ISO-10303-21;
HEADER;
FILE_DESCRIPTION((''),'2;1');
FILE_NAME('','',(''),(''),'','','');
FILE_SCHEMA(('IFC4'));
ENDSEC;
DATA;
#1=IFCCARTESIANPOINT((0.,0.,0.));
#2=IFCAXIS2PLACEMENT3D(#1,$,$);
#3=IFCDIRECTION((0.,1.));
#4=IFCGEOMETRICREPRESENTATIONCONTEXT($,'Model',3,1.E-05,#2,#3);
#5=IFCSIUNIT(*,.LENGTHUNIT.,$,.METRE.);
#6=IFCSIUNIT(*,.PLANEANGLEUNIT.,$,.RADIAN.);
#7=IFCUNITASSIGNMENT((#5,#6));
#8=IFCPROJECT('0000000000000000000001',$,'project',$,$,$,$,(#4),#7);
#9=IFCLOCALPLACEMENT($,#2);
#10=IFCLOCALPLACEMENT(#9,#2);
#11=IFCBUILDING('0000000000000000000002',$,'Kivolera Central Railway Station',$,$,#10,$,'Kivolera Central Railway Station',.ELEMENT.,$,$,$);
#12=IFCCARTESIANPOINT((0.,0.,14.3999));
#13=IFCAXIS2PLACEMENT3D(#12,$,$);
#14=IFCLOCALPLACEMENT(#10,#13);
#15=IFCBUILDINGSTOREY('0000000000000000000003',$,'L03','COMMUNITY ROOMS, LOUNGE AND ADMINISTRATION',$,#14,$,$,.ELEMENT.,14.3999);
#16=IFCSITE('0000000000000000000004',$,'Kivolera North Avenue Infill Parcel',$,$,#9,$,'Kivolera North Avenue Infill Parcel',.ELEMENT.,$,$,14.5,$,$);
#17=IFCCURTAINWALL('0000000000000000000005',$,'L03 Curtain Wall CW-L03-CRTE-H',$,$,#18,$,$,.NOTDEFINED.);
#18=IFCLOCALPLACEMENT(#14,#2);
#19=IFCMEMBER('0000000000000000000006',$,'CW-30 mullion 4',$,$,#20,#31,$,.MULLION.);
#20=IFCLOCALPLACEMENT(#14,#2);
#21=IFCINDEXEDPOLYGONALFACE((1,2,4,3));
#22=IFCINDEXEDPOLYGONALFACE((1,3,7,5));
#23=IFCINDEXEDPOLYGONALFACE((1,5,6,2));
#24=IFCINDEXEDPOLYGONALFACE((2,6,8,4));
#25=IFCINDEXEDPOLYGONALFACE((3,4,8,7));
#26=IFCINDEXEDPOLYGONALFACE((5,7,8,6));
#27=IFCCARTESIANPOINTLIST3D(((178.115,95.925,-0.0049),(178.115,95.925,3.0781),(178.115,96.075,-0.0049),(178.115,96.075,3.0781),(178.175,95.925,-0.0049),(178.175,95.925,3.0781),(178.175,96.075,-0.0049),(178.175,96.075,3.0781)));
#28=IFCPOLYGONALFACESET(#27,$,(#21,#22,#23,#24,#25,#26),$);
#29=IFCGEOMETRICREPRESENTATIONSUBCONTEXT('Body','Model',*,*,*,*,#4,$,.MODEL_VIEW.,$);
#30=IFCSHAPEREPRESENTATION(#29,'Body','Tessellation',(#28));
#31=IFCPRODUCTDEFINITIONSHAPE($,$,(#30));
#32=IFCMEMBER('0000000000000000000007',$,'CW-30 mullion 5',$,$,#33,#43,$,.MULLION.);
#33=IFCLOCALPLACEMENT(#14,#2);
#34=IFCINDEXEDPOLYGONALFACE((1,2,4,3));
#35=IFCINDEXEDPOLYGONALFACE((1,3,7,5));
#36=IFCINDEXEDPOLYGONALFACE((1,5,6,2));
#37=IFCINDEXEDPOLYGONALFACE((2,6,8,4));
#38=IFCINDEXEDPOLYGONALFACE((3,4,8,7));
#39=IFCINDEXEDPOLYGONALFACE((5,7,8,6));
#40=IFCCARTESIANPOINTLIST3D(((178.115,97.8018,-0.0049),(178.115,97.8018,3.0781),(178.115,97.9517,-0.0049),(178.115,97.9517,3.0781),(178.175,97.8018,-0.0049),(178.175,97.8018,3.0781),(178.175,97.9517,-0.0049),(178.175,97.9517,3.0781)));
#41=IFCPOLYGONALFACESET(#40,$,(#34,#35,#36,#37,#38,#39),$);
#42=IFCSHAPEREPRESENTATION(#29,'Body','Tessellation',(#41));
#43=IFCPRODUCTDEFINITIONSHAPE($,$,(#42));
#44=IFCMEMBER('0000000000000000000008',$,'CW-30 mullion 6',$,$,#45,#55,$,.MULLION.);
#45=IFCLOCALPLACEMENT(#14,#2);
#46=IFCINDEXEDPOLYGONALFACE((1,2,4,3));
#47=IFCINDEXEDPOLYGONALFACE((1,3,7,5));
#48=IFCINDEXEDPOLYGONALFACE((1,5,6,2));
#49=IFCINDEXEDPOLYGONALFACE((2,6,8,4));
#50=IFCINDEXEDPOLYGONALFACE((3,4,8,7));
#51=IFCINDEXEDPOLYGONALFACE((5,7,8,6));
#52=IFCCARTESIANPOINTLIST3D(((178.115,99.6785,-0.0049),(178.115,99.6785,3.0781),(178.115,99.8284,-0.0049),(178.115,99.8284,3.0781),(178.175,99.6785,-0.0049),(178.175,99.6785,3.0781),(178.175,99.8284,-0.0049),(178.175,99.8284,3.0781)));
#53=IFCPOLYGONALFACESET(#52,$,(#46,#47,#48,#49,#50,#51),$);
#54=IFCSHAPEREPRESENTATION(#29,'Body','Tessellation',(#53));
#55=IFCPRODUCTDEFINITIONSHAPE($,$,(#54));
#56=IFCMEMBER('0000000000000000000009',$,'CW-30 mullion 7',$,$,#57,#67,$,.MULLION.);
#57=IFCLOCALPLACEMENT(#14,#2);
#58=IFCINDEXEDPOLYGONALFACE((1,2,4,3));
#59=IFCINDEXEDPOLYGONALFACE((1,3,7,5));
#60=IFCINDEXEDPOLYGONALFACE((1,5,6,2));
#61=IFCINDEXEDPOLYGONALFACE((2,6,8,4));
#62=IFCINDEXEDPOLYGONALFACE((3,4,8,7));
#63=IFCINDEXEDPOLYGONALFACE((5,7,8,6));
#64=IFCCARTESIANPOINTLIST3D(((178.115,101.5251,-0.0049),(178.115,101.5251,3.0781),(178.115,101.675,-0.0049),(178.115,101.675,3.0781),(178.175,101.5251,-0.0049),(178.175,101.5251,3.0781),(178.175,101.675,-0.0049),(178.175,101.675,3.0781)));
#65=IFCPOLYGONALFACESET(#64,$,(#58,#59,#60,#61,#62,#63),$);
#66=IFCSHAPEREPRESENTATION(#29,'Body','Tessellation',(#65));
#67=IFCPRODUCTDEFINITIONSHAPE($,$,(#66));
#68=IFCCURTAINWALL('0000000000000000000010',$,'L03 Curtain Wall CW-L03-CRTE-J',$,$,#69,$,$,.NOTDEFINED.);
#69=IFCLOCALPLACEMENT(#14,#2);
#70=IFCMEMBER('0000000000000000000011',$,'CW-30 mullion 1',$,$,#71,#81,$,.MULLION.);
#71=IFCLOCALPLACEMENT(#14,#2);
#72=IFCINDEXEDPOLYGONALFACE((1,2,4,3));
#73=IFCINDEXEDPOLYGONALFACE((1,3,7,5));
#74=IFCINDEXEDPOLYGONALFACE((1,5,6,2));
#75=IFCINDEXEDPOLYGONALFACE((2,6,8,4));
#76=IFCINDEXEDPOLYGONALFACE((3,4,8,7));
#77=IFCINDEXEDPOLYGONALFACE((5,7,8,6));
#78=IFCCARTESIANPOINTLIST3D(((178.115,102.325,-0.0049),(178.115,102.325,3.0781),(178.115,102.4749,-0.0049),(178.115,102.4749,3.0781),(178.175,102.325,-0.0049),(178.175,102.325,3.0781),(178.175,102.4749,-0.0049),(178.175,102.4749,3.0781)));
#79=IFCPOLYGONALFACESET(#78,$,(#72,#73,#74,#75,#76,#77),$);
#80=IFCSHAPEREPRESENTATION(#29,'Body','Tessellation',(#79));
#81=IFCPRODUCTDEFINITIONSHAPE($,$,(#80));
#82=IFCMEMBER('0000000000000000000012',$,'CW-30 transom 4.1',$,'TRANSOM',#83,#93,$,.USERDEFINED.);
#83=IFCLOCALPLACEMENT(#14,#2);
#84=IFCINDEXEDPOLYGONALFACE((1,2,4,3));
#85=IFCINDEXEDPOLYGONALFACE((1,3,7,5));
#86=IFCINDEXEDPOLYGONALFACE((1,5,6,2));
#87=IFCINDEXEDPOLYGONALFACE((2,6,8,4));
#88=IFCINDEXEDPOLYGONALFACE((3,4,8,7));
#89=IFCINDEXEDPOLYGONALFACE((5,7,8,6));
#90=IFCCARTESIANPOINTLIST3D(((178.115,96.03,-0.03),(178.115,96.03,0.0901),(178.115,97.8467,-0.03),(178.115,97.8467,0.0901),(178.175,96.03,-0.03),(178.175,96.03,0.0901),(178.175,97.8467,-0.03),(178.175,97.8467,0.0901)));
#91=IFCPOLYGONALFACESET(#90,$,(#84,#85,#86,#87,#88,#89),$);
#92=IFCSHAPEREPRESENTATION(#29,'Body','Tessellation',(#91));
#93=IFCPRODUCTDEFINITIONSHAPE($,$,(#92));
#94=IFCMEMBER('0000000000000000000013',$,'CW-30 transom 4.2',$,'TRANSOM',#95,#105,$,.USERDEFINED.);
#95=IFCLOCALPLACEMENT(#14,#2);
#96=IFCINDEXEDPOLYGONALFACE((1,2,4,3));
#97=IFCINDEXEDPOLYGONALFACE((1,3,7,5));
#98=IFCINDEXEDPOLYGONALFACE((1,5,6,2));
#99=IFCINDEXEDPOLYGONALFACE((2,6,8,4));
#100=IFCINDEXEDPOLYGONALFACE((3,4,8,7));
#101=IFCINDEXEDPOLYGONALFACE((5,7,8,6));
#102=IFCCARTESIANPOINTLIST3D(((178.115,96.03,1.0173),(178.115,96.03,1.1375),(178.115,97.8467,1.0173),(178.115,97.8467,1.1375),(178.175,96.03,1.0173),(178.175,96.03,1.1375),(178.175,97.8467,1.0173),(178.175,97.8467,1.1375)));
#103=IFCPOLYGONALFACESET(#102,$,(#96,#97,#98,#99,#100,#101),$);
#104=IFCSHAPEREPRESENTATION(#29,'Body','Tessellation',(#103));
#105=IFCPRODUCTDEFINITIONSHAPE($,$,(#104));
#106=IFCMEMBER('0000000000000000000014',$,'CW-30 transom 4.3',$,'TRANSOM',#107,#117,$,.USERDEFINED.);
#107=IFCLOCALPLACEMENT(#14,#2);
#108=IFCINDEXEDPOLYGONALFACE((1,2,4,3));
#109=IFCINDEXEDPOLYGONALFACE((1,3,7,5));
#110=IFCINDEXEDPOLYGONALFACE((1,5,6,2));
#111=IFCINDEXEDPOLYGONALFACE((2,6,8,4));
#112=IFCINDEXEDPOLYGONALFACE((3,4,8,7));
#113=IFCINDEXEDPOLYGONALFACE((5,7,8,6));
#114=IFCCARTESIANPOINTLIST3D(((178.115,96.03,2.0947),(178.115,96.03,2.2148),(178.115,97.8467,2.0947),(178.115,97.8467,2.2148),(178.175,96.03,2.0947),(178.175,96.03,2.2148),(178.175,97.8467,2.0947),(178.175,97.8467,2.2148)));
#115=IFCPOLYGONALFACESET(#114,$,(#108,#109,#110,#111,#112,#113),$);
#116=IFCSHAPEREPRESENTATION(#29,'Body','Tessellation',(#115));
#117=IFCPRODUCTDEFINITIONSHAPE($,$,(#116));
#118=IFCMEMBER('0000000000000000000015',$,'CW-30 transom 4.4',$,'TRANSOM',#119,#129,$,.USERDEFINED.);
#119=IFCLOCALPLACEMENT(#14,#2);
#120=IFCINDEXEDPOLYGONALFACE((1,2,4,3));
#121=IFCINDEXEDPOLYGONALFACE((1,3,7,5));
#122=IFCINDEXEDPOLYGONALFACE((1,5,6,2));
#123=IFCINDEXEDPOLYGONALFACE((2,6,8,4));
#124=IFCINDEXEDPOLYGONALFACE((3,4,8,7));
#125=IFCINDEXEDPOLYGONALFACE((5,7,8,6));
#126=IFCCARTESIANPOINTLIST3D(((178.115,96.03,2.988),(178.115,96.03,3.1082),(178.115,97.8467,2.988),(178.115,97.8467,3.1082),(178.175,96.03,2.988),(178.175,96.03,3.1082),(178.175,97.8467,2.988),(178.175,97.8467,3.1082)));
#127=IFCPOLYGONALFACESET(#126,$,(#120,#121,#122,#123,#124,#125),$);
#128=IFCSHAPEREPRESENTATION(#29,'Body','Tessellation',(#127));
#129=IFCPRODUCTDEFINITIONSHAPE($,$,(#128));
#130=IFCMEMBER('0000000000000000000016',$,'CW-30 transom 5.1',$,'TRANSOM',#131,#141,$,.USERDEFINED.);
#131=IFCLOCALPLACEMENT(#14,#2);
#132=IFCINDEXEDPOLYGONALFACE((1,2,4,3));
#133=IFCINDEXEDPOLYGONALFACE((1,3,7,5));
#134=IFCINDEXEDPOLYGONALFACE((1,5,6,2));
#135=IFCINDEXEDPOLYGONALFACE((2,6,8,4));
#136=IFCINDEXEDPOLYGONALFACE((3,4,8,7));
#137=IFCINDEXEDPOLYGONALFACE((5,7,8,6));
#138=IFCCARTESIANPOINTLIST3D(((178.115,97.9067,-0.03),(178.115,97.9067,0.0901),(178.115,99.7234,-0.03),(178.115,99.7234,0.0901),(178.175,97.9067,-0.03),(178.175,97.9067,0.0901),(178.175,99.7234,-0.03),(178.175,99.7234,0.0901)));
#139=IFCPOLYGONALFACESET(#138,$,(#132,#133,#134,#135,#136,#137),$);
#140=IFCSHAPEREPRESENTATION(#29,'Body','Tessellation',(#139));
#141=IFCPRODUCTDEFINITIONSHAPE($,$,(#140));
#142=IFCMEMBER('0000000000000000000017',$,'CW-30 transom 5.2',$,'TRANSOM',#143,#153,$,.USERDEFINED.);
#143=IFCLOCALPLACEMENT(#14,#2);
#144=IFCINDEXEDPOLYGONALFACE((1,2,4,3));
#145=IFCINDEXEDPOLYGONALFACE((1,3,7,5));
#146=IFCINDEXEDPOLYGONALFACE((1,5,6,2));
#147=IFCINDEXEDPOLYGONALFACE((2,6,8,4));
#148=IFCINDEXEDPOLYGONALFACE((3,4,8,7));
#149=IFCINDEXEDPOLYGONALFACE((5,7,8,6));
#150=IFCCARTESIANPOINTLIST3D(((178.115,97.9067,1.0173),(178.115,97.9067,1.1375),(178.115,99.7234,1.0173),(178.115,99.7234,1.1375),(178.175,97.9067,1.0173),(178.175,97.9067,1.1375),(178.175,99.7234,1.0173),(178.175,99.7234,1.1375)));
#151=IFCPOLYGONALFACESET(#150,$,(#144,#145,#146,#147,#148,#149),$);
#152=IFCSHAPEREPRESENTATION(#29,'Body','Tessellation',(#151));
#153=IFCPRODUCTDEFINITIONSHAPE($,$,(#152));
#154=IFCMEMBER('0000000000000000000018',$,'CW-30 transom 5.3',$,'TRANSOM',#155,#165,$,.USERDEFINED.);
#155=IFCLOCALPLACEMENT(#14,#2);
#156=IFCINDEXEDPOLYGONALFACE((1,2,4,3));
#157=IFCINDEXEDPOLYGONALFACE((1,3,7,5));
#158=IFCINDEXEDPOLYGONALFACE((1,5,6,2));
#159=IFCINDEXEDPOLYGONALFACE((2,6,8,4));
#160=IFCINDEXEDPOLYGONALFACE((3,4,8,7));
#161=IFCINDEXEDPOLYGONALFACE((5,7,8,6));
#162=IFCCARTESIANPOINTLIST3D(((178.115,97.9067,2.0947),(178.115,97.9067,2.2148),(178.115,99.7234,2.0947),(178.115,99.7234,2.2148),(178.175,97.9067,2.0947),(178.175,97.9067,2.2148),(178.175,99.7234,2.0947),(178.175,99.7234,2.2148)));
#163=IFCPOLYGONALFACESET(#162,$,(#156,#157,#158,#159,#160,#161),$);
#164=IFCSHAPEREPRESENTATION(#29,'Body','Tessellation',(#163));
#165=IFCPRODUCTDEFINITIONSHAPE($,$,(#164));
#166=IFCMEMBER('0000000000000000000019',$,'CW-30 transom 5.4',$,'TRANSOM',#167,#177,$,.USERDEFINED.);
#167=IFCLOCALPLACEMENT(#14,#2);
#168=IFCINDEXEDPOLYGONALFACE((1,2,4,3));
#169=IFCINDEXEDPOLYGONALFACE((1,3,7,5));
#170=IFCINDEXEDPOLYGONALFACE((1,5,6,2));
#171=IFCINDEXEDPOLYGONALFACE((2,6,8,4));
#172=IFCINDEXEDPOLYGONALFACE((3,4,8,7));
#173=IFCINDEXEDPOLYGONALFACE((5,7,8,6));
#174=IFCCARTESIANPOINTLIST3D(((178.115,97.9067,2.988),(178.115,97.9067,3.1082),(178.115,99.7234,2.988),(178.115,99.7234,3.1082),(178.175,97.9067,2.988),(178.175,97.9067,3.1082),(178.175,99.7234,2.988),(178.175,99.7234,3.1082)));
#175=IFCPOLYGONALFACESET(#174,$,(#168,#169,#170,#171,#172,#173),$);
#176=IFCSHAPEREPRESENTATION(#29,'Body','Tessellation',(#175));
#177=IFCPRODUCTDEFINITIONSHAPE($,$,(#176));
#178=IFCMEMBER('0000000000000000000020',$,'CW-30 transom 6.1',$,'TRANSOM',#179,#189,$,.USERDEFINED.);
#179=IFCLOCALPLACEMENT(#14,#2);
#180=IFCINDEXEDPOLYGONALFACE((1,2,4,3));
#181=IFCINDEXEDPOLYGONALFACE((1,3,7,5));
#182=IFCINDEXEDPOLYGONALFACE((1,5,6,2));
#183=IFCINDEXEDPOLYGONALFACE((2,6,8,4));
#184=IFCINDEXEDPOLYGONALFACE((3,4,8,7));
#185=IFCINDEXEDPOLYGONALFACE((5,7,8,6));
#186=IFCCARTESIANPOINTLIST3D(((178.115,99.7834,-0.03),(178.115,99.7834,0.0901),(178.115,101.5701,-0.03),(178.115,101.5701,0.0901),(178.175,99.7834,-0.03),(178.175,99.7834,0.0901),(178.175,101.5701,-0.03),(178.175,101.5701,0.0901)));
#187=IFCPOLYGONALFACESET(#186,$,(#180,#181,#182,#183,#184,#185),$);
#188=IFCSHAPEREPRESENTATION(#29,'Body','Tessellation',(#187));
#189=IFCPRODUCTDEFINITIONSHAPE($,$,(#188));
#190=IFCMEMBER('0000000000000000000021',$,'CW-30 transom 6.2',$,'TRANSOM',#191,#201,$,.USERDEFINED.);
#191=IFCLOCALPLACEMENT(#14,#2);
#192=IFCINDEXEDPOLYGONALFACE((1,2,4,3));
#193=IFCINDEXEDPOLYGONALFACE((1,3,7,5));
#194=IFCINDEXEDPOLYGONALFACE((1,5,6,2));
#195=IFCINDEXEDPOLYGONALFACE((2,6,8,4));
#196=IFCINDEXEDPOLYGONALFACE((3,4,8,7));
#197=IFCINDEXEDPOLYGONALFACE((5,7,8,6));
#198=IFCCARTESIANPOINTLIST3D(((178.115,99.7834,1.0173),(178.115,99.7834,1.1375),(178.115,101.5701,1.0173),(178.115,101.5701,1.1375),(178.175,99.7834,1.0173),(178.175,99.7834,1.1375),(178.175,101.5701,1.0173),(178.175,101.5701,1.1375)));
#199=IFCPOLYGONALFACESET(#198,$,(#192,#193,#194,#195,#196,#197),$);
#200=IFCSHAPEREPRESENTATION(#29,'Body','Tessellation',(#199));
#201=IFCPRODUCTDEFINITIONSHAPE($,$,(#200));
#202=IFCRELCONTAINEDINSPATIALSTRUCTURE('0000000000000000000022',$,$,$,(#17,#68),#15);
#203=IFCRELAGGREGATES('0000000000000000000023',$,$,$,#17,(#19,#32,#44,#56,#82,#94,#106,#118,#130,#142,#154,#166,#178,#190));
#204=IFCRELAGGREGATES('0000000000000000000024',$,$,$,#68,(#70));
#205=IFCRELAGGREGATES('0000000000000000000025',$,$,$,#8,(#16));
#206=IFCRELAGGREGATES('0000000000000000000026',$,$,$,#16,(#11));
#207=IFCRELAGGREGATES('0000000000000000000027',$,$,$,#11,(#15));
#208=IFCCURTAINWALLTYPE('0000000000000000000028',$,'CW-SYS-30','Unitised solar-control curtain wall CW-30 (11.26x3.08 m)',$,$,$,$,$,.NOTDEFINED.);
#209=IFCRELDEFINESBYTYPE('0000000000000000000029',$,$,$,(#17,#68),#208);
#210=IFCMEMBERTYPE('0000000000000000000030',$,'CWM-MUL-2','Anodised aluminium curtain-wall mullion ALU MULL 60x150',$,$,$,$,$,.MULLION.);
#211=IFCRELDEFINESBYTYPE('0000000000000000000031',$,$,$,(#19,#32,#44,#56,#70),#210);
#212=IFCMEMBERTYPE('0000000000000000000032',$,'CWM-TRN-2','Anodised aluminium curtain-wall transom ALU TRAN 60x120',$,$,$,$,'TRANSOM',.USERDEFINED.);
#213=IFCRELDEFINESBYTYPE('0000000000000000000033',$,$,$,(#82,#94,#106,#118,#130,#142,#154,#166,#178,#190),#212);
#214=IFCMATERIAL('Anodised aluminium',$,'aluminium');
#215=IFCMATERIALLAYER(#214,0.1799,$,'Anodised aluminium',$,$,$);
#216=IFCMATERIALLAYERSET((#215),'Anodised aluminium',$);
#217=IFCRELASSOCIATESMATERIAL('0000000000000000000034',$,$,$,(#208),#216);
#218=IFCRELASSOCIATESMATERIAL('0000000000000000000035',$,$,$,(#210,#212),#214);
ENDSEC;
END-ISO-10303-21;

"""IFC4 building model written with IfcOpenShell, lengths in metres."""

from ifc_helpers import new_model, si_unit, direction, frame, origin, origin_2d, place, context, subcontext, project, spatial, rectangle, extrude, material, layer, layer_set, material_profile, profile_set, type_object, element, aggregate, save


model = new_model("IFC4")

# Units and contexts
model_context = context("Model", 3, precision=1e-05, world=origin(), true_north=direction((0.0, 1.0)))
body_context = subcontext(model_context, "Body", "Model", "MODEL_VIEW")
ifc_project = project(units=[si_unit("LENGTHUNIT", "METRE"), si_unit("PLANEANGLEUNIT", "RADIAN")], contexts=[model_context])

# Site, building, storey
site_placement = place(None, origin())
site = spatial("IfcSite", under=ifc_project, at=site_placement, Name="Kivolera North Avenue Infill Parcel", LongName="Kivolera North Avenue Infill Parcel", CompositionType="ELEMENT", RefElevation=14.5)
building_placement = place(site_placement, origin())
building = spatial("IfcBuilding", under=site, at=building_placement, Name="Kivolera Central Railway Station", LongName="Kivolera Central Railway Station", CompositionType="ELEMENT")
storey_placement = place(building_placement, frame((0.0, 0.0, 14.3999)))
storey = spatial("IfcBuildingStorey", under=building, at=storey_placement, Name="L03", Description="COMMUNITY ROOMS, LOUNGE AND ADMINISTRATION", CompositionType="ELEMENT", Elevation=14.3999)

# Curtain wall, members
ifc_material_1 = material(Name="Anodised aluminium", Category="aluminium")
ifc_layer_1 = layer(ifc_material_1, 0.1799, Name="Anodised aluminium")
ifc_layer_set_1 = layer_set([ifc_layer_1], Name="Anodised aluminium")
curtain_wall_type = type_object("IfcCurtainWallType", Name="CW-SYS-30", Description="Unitised solar-control curtain wall CW-30 (11.26x3.08 m)", PredefinedType="NOTDEFINED", material=ifc_layer_set_1)
curtain_wall_1_placement = place(storey_placement, origin())
curtain_wall_1 = element("IfcCurtainWall", 1, at=curtain_wall_1_placement, inside=storey, type_object=curtain_wall_type, Name="L03 Curtain Wall CW-L03-CRTE-H", PredefinedType="NOTDEFINED")
ifc_material_profile_1 = material_profile(ifc_material_1, rectangle(XDim=0.0601, YDim=0.1499, at=origin_2d()), Name="ALU MULL 60x150")
ifc_profile_set_1 = profile_set([ifc_material_profile_1], Name="Anodised aluminium")
member_type_1 = type_object("IfcMemberType", Name="CWM-MUL-2", Description="Anodised aluminium curtain-wall mullion ALU MULL 60x150", PredefinedType="MULLION", material=ifc_profile_set_1)
member_1_placement = place(storey_placement, frame((178.145, 96.0, -0.0049), z_axis=(0.0, 0.0, 1.0), x_axis=(-1.0, 0.0, 0.0)))
member_1 = element("IfcMember", 2, at=member_1_placement, type_object=member_type_1, Name="CW-30 mullion 4", PredefinedType="MULLION", context=body_context, shape_type="SweptSolid", body=[
    extrude(rectangle(XDim=0.0601, YDim=0.1499, at=origin_2d()), origin(), (0.0, 0.0, 1.0), 3.083),
])
member_2_placement = place(storey_placement, frame((178.145, 97.8767, -0.0049), z_axis=(0.0, 0.0, 1.0), x_axis=(-1.0, 0.0, 0.0)))
member_2 = element("IfcMember", 3, at=member_2_placement, type_object=member_type_1, Name="CW-30 mullion 5", PredefinedType="MULLION", context=body_context, shape_type="SweptSolid", body=[
    extrude(rectangle(XDim=0.0601, YDim=0.1499, at=origin_2d()), origin(), (0.0, 0.0, 1.0), 3.083),
])
member_3_placement = place(storey_placement, frame((178.145, 99.7534, -0.0049), z_axis=(0.0, 0.0, 1.0), x_axis=(-1.0, 0.0, 0.0)))
member_3 = element("IfcMember", 4, at=member_3_placement, type_object=member_type_1, Name="CW-30 mullion 6", PredefinedType="MULLION", context=body_context, shape_type="SweptSolid", body=[
    extrude(rectangle(XDim=0.0601, YDim=0.1499, at=origin_2d()), origin(), (0.0, 0.0, 1.0), 3.083),
])
member_4_placement = place(storey_placement, frame((178.145, 101.6001, -0.0049), z_axis=(0.0, 0.0, 1.0), x_axis=(-1.0, 0.0, 0.0)))
member_4 = element("IfcMember", 5, at=member_4_placement, type_object=member_type_1, Name="CW-30 mullion 7", PredefinedType="MULLION", context=body_context, shape_type="SweptSolid", body=[
    extrude(rectangle(XDim=0.0601, YDim=0.1499, at=origin_2d()), origin(), (0.0, 0.0, 1.0), 3.083),
])

# Curtain wall, member
curtain_wall_2_placement = place(storey_placement, origin())
curtain_wall_2 = element("IfcCurtainWall", 6, at=curtain_wall_2_placement, inside=storey, type_object=curtain_wall_type, Name="L03 Curtain Wall CW-L03-CRTE-J", PredefinedType="NOTDEFINED")
member_5_placement = place(storey_placement, frame((178.145, 102.3999, -0.0049), z_axis=(0.0, 0.0, 1.0), x_axis=(-1.0, 0.0, 0.0)))
member_5 = element("IfcMember", 7, at=member_5_placement, type_object=member_type_1, Name="CW-30 mullion 1", PredefinedType="MULLION", context=body_context, shape_type="SweptSolid", body=[
    extrude(rectangle(XDim=0.0601, YDim=0.1499, at=origin_2d()), origin(), (0.0, 0.0, 1.0), 3.083),
])

# Members
ifc_material_profile_2 = material_profile(ifc_material_1, rectangle(XDim=0.0601, YDim=0.1201, at=origin_2d()), Name="ALU TRAN 60x120")
ifc_profile_set_2 = profile_set([ifc_material_profile_2], Name="Anodised aluminium")
member_type_2 = type_object("IfcMemberType", Name="CWM-TRN-2", Description="Anodised aluminium curtain-wall transom ALU TRAN 60x120", ElementType="TRANSOM", PredefinedType="USERDEFINED", material=ifc_profile_set_2)
member_6_placement = place(storey_placement, frame((178.145, 96.03, 0.03), z_axis=(0.0, 1.0, 0.0), x_axis=(-1.0, 0.0, 0.0)))
member_6 = element("IfcMember", 8, at=member_6_placement, type_object=member_type_2, Name="CW-30 transom 4.1", ObjectType="TRANSOM", PredefinedType="USERDEFINED", context=body_context, shape_type="SweptSolid", body=[
    extrude(rectangle(XDim=0.0601, YDim=0.1201, at=origin_2d()), origin(), (0.0, 0.0, 1.0), 1.8167),
])
member_7_placement = place(storey_placement, frame((178.145, 96.03, 1.0774), z_axis=(0.0, 1.0, 0.0), x_axis=(-1.0, 0.0, 0.0)))
member_7 = element("IfcMember", 9, at=member_7_placement, type_object=member_type_2, Name="CW-30 transom 4.2", ObjectType="TRANSOM", PredefinedType="USERDEFINED", context=body_context, shape_type="SweptSolid", body=[
    extrude(rectangle(XDim=0.0601, YDim=0.1201, at=origin_2d()), origin(), (0.0, 0.0, 1.0), 1.8167),
])
member_8_placement = place(storey_placement, frame((178.145, 96.03, 2.1548), z_axis=(0.0, 1.0, 0.0), x_axis=(-1.0, 0.0, 0.0)))
member_8 = element("IfcMember", 10, at=member_8_placement, type_object=member_type_2, Name="CW-30 transom 4.3", ObjectType="TRANSOM", PredefinedType="USERDEFINED", context=body_context, shape_type="SweptSolid", body=[
    extrude(rectangle(XDim=0.0601, YDim=0.1201, at=origin_2d()), origin(), (0.0, 0.0, 1.0), 1.8167),
])
member_9_placement = place(storey_placement, frame((178.145, 96.03, 3.0481), z_axis=(0.0, 1.0, 0.0), x_axis=(-1.0, 0.0, 0.0)))
member_9 = element("IfcMember", 11, at=member_9_placement, type_object=member_type_2, Name="CW-30 transom 4.4", ObjectType="TRANSOM", PredefinedType="USERDEFINED", context=body_context, shape_type="SweptSolid", body=[
    extrude(rectangle(XDim=0.0601, YDim=0.1201, at=origin_2d()), origin(), (0.0, 0.0, 1.0), 1.8167),
])
member_10_placement = place(storey_placement, frame((178.145, 97.9067, 0.03), z_axis=(0.0, 1.0, 0.0), x_axis=(-1.0, 0.0, 0.0)))
member_10 = element("IfcMember", 12, at=member_10_placement, type_object=member_type_2, Name="CW-30 transom 5.1", ObjectType="TRANSOM", PredefinedType="USERDEFINED", context=body_context, shape_type="SweptSolid", body=[
    extrude(rectangle(XDim=0.0601, YDim=0.1201, at=origin_2d()), origin(), (0.0, 0.0, 1.0), 1.8167),
])
member_11_placement = place(storey_placement, frame((178.145, 97.9067, 1.0774), z_axis=(0.0, 1.0, 0.0), x_axis=(-1.0, 0.0, 0.0)))
member_11 = element("IfcMember", 13, at=member_11_placement, type_object=member_type_2, Name="CW-30 transom 5.2", ObjectType="TRANSOM", PredefinedType="USERDEFINED", context=body_context, shape_type="SweptSolid", body=[
    extrude(rectangle(XDim=0.0601, YDim=0.1201, at=origin_2d()), origin(), (0.0, 0.0, 1.0), 1.8167),
])
member_12_placement = place(storey_placement, frame((178.145, 97.9067, 2.1548), z_axis=(0.0, 1.0, 0.0), x_axis=(-1.0, 0.0, 0.0)))
member_12 = element("IfcMember", 14, at=member_12_placement, type_object=member_type_2, Name="CW-30 transom 5.3", ObjectType="TRANSOM", PredefinedType="USERDEFINED", context=body_context, shape_type="SweptSolid", body=[
    extrude(rectangle(XDim=0.0601, YDim=0.1201, at=origin_2d()), origin(), (0.0, 0.0, 1.0), 1.8167),
])
member_13_placement = place(storey_placement, frame((178.145, 97.9067, 3.0481), z_axis=(0.0, 1.0, 0.0), x_axis=(-1.0, 0.0, 0.0)))
member_13 = element("IfcMember", 15, at=member_13_placement, type_object=member_type_2, Name="CW-30 transom 5.4", ObjectType="TRANSOM", PredefinedType="USERDEFINED", context=body_context, shape_type="SweptSolid", body=[
    extrude(rectangle(XDim=0.0601, YDim=0.1201, at=origin_2d()), origin(), (0.0, 0.0, 1.0), 1.8167),
])
member_14_placement = place(storey_placement, frame((178.145, 99.7834, 0.03), z_axis=(0.0, 1.0, 0.0), x_axis=(-1.0, 0.0, 0.0)))
member_14 = element("IfcMember", 16, at=member_14_placement, type_object=member_type_2, Name="CW-30 transom 6.1", ObjectType="TRANSOM", PredefinedType="USERDEFINED", context=body_context, shape_type="SweptSolid", body=[
    extrude(rectangle(XDim=0.0601, YDim=0.1201, at=origin_2d()), origin(), (0.0, 0.0, 1.0), 1.7866),
])
member_15_placement = place(storey_placement, frame((178.145, 99.7834, 1.0774), z_axis=(0.0, 1.0, 0.0), x_axis=(-1.0, 0.0, 0.0)))
member_15 = element("IfcMember", 17, at=member_15_placement, type_object=member_type_2, Name="CW-30 transom 6.2", ObjectType="TRANSOM", PredefinedType="USERDEFINED", context=body_context, shape_type="SweptSolid", body=[
    extrude(rectangle(XDim=0.0601, YDim=0.1201, at=origin_2d()), origin(), (0.0, 0.0, 1.0), 1.7866),
])

aggregate(curtain_wall_1, [member_1, member_2, member_3, member_4, member_6, member_7, member_8, member_9, member_10, member_11, member_12, member_13, member_14, member_15])
aggregate(curtain_wall_2, [member_5])

save(model, "model.ifc")
